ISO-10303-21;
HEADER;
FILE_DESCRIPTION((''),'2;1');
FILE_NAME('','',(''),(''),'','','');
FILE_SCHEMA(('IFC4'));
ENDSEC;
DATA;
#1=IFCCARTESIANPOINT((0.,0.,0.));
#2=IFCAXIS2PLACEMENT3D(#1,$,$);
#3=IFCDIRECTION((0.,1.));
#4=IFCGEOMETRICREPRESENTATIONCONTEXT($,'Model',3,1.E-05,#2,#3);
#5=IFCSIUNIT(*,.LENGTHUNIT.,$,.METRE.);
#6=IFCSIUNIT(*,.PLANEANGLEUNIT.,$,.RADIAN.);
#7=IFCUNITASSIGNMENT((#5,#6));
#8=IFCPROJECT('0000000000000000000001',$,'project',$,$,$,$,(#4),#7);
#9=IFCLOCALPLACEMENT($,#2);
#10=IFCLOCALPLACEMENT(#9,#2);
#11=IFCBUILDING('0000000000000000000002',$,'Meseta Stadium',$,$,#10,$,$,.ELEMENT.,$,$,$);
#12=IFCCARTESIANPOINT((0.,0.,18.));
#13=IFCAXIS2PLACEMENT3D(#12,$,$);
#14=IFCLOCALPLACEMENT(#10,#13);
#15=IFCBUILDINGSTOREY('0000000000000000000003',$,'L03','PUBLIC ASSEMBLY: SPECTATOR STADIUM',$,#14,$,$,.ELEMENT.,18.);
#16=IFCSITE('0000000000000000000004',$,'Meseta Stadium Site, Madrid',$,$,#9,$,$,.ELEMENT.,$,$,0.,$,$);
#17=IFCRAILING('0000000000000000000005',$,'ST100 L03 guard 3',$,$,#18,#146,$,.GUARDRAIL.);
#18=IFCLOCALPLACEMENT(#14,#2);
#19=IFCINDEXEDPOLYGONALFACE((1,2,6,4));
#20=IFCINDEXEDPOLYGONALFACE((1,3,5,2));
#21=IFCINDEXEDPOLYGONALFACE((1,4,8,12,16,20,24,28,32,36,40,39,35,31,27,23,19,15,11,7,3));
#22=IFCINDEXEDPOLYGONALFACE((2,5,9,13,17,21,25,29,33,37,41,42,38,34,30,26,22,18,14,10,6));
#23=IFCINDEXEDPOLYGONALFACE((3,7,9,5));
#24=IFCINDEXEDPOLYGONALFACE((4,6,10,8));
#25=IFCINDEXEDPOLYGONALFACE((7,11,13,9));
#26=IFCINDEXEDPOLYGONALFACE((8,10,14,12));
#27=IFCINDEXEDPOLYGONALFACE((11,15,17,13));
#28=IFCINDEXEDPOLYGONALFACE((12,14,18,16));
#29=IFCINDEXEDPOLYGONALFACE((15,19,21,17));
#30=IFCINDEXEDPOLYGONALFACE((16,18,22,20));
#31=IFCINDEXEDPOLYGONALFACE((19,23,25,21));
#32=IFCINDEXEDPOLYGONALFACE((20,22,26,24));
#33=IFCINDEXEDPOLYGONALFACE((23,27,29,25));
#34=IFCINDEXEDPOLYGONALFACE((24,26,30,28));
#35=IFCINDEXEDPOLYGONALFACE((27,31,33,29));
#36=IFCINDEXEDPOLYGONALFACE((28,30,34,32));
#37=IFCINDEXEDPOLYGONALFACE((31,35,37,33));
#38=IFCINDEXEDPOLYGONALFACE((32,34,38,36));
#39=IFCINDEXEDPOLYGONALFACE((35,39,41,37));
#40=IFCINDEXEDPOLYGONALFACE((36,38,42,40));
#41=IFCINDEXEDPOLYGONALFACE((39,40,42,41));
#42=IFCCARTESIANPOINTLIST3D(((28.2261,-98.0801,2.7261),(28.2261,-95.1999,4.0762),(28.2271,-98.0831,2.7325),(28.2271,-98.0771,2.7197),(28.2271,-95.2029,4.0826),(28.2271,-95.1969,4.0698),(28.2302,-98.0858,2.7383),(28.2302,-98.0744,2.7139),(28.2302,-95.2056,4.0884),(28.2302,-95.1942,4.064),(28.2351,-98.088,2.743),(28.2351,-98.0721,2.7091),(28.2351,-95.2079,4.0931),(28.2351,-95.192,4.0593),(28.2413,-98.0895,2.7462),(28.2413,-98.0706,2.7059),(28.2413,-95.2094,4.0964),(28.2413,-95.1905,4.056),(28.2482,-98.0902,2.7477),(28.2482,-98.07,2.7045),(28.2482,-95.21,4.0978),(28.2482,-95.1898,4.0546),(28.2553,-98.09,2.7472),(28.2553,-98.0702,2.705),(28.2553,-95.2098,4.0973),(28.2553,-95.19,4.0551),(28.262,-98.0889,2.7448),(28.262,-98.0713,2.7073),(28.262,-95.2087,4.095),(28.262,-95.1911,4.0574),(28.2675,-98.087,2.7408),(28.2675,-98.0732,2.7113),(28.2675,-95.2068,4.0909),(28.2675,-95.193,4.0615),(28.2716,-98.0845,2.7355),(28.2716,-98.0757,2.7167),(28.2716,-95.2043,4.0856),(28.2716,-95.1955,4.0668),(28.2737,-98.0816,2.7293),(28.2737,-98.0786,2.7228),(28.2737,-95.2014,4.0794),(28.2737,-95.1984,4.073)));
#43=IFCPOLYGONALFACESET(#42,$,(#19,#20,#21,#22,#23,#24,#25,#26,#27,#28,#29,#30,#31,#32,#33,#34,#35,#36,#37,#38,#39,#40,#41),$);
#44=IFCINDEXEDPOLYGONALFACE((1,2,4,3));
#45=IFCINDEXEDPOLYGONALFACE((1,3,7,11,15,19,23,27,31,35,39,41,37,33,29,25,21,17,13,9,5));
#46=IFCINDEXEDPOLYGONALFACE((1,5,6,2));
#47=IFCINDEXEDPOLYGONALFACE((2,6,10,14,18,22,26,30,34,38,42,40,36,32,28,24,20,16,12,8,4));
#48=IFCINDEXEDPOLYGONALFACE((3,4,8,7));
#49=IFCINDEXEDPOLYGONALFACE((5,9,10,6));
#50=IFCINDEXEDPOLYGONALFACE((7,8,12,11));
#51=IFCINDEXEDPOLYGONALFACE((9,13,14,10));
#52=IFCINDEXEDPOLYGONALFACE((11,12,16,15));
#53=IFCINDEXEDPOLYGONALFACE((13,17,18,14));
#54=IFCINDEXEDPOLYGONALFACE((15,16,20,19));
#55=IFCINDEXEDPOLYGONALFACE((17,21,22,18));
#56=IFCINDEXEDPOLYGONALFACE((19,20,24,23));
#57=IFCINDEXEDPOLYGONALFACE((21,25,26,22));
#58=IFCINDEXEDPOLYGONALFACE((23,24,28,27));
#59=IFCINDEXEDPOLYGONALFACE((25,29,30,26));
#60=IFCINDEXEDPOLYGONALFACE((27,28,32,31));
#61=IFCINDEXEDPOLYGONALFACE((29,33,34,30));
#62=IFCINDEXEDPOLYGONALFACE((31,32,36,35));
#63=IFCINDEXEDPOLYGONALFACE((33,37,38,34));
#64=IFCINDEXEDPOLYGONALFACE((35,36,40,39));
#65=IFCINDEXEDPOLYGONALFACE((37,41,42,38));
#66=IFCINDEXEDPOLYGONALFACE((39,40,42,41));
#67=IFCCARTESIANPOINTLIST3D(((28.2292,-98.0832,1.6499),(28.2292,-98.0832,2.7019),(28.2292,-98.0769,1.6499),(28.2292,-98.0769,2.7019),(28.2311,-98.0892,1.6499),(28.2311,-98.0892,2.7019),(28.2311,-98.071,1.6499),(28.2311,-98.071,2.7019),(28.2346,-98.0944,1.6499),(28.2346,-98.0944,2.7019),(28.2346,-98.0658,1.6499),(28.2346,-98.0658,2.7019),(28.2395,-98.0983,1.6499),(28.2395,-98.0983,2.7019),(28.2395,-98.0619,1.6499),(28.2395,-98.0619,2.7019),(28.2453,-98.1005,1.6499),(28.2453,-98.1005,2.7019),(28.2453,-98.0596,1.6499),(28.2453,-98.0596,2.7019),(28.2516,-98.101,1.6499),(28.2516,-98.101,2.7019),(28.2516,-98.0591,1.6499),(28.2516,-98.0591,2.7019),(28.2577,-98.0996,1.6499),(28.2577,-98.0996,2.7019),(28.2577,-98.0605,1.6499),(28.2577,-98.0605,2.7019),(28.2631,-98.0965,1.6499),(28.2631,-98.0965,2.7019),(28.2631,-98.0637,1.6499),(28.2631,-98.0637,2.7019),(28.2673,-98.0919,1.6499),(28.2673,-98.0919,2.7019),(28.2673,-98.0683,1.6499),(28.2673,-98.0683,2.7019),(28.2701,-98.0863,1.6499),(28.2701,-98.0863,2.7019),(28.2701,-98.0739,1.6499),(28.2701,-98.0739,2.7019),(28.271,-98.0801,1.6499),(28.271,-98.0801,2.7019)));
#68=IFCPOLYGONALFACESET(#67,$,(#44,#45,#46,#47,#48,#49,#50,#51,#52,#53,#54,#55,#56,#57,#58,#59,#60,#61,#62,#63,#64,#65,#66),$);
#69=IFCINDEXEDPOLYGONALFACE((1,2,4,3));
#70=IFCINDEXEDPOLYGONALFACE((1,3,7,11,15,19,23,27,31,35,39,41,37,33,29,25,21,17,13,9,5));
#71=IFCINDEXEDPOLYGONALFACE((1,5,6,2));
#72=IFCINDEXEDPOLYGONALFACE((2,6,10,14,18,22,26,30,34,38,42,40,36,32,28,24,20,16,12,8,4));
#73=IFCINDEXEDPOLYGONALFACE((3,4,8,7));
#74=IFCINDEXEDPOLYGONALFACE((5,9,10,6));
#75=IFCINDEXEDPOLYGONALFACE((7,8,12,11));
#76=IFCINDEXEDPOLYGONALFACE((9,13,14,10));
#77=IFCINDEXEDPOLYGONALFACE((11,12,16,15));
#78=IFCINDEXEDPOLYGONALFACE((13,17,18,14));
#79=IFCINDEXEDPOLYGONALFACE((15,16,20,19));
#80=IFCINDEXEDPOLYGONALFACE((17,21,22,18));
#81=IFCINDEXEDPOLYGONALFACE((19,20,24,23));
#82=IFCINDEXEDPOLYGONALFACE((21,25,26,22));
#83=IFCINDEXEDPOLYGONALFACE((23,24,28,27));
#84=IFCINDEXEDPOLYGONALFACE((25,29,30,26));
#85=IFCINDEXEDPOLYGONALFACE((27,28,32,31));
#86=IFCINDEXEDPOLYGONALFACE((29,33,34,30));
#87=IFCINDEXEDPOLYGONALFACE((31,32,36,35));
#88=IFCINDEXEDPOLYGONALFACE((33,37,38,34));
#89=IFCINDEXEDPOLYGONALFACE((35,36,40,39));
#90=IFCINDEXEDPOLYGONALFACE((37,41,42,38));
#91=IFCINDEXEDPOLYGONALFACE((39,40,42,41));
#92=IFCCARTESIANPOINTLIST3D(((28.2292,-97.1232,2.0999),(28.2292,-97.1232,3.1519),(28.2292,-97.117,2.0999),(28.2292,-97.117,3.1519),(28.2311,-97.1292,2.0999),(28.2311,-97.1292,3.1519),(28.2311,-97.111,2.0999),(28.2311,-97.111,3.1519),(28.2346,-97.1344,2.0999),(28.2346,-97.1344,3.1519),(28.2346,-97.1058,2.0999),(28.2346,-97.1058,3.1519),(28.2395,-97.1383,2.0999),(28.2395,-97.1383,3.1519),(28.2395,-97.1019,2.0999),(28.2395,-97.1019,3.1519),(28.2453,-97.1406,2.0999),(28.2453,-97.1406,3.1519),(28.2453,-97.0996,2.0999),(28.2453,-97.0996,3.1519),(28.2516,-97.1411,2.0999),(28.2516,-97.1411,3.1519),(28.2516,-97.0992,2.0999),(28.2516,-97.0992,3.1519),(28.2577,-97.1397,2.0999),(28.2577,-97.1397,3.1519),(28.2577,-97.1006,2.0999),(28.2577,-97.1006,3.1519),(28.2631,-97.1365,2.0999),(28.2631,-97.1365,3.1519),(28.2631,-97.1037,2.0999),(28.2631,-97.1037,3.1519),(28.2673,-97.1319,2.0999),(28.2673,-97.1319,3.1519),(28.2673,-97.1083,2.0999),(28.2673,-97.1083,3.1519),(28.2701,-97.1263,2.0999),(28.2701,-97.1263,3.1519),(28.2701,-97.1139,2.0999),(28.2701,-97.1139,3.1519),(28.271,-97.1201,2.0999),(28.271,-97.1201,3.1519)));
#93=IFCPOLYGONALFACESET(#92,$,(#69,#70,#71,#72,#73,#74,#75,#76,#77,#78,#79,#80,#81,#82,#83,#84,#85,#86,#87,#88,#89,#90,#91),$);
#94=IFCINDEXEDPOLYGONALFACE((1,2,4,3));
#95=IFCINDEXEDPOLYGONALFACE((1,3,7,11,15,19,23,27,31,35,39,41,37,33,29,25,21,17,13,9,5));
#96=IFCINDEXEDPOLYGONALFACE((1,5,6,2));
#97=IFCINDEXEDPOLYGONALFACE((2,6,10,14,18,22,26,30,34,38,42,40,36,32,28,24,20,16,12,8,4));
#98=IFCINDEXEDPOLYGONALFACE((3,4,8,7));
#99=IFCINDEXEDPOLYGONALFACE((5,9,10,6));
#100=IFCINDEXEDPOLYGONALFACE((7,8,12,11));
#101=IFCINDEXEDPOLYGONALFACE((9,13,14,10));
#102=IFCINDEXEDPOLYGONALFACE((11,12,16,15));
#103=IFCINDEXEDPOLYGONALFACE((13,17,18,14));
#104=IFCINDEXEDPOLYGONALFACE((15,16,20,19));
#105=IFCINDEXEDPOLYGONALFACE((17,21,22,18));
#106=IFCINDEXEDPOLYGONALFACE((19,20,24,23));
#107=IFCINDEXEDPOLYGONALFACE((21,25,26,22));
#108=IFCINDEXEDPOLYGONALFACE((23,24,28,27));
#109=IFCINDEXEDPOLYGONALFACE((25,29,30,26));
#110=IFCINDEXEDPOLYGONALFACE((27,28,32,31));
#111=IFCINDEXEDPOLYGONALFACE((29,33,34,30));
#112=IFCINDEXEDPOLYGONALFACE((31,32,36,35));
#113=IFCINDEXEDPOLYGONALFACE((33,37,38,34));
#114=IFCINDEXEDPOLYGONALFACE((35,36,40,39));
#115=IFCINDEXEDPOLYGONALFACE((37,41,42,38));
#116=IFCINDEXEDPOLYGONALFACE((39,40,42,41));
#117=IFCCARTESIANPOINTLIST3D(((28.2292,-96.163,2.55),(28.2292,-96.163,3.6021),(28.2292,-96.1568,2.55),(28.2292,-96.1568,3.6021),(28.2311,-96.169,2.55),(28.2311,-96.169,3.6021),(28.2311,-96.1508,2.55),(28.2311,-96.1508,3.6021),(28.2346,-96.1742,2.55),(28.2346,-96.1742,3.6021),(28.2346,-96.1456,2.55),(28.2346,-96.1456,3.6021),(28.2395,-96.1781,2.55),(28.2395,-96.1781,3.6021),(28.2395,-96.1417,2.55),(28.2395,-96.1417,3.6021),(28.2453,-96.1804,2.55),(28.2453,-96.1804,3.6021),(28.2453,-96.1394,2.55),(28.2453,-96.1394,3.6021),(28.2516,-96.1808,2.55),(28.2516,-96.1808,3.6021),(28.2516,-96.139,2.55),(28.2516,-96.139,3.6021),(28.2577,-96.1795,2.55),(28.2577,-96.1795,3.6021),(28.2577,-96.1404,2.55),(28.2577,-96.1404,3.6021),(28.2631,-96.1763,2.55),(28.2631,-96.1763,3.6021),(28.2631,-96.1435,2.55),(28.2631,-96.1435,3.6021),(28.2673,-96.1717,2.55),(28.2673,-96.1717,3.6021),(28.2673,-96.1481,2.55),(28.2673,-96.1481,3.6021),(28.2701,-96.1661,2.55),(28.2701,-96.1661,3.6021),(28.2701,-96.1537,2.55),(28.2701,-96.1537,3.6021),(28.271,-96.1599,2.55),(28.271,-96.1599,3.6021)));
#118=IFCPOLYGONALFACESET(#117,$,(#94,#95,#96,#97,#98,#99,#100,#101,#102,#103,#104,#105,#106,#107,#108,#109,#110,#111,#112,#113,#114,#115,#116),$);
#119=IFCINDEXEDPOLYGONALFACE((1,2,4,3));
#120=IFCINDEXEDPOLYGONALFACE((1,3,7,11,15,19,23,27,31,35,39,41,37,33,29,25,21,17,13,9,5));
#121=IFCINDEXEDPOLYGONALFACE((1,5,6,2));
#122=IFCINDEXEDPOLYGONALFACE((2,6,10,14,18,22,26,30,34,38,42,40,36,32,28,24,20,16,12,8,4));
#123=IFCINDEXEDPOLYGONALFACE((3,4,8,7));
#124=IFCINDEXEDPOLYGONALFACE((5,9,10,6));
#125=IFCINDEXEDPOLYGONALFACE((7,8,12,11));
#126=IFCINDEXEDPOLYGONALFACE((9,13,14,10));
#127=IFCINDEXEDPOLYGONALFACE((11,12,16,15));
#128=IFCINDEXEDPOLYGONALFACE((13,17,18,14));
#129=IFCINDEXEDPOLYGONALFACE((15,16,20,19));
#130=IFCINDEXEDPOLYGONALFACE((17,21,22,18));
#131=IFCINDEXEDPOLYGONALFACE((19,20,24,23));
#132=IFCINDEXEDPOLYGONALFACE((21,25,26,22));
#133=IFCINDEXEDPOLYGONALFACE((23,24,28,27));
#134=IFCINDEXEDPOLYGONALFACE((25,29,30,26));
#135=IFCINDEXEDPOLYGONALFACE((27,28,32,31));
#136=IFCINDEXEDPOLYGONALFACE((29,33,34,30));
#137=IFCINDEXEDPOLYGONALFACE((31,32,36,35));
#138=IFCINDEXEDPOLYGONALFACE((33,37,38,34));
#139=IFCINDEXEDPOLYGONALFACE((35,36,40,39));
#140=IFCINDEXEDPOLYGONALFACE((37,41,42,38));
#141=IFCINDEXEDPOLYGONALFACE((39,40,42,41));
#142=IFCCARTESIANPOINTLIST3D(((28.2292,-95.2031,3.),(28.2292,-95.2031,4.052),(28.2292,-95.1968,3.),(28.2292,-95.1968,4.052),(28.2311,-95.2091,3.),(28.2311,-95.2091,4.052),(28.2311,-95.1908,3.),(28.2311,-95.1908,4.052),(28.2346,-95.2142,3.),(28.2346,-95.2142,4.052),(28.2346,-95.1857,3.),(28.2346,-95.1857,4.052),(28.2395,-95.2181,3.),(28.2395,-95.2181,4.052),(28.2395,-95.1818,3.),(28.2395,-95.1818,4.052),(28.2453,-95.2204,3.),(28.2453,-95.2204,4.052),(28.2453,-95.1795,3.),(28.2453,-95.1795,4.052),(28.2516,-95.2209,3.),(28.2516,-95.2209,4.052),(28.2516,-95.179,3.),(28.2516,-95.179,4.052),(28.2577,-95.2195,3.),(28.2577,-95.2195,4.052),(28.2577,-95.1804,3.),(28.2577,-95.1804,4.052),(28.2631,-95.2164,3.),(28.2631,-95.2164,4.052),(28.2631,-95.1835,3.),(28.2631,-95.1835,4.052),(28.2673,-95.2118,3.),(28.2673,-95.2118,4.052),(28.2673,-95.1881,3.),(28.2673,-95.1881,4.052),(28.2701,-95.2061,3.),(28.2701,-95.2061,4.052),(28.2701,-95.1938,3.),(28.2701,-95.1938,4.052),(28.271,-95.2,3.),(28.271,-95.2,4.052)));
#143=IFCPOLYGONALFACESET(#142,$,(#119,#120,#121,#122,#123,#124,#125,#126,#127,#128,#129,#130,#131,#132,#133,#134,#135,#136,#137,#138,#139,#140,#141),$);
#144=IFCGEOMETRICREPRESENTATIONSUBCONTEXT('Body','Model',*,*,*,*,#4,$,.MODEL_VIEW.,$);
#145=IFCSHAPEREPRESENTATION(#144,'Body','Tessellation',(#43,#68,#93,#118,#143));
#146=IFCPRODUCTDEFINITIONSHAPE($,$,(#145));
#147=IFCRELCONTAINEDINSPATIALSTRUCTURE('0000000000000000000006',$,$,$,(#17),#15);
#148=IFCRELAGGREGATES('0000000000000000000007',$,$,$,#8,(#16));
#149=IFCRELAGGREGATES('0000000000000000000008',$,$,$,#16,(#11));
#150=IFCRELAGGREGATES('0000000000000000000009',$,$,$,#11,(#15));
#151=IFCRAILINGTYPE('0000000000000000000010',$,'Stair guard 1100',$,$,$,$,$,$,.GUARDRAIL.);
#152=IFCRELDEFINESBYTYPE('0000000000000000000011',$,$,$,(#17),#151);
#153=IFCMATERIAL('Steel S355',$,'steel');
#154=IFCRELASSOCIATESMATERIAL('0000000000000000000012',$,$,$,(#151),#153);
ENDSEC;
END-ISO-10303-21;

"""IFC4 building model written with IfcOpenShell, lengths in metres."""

from ifc_helpers import new_model, si_unit, direction, frame, origin, origin_2d, place, context, subcontext, project, spatial, circle, extrude, material, type_object, element, save


model = new_model("IFC4")

# Units and contexts
model_context = context("Model", 3, precision=1e-05, world=origin(), true_north=direction((0.0, 1.0)))
body_context = subcontext(model_context, "Body", "Model", "MODEL_VIEW")
ifc_project = project(units=[si_unit("LENGTHUNIT", "METRE"), si_unit("PLANEANGLEUNIT", "RADIAN")], contexts=[model_context])

# Site, building, storey
site_placement = place(None, origin())
site = spatial("IfcSite", under=ifc_project, at=site_placement, Name="Meseta Stadium Site, Madrid", CompositionType="ELEMENT", RefElevation=0.0)
building_placement = place(site_placement, origin())
building = spatial("IfcBuilding", under=site, at=building_placement, Name="Meseta Stadium", CompositionType="ELEMENT")
storey_placement = place(building_placement, frame((0.0, 0.0, 18.0)))
storey = spatial("IfcBuildingStorey", under=building, at=storey_placement, Name="L03", Description="PUBLIC ASSEMBLY: SPECTATOR STADIUM", CompositionType="ELEMENT", Elevation=18.0)

# Railing
ifc_material_1 = material(Name="Steel S355", Category="steel")
railing_type_1 = type_object("IfcRailingType", Name="Stair guard 1100", PredefinedType="GUARDRAIL", material=ifc_material_1)
railing_1_placement = place(storey_placement, frame((28.25, -98.0801, 1.6499)))
element("IfcRailing", 1, at=railing_1_placement, inside=storey, type_object=railing_type_1, Name="ST100 L03 guard 3", PredefinedType="GUARDRAIL", context=body_context, shape_type="SweptSolid", body=[
    extrude(circle(Radius=0.0239, at=origin_2d()), frame((0.0, 0.0, 1.0762), z_axis=(0.0, 0.905454, 0.424444), x_axis=(-1.0, 0.0, 0.0)), (0.0, 0.0, 1.0), 3.1809),
    extrude(circle(Radius=0.021, at=origin_2d()), origin(), (0.0, 0.0, 1.0), 1.052),
    extrude(circle(Radius=0.021, at=origin_2d()), frame((0.0, 0.96, 0.45)), (0.0, 0.0, 1.0), 1.052),
    extrude(circle(Radius=0.021, at=origin_2d()), frame((0.0, 1.9202, 0.9001)), (0.0, 0.0, 1.0), 1.052),
    extrude(circle(Radius=0.021, at=origin_2d()), frame((0.0, 2.8801, 1.3501)), (0.0, 0.0, 1.0), 1.052),
])

save(model, "model.ifc")
